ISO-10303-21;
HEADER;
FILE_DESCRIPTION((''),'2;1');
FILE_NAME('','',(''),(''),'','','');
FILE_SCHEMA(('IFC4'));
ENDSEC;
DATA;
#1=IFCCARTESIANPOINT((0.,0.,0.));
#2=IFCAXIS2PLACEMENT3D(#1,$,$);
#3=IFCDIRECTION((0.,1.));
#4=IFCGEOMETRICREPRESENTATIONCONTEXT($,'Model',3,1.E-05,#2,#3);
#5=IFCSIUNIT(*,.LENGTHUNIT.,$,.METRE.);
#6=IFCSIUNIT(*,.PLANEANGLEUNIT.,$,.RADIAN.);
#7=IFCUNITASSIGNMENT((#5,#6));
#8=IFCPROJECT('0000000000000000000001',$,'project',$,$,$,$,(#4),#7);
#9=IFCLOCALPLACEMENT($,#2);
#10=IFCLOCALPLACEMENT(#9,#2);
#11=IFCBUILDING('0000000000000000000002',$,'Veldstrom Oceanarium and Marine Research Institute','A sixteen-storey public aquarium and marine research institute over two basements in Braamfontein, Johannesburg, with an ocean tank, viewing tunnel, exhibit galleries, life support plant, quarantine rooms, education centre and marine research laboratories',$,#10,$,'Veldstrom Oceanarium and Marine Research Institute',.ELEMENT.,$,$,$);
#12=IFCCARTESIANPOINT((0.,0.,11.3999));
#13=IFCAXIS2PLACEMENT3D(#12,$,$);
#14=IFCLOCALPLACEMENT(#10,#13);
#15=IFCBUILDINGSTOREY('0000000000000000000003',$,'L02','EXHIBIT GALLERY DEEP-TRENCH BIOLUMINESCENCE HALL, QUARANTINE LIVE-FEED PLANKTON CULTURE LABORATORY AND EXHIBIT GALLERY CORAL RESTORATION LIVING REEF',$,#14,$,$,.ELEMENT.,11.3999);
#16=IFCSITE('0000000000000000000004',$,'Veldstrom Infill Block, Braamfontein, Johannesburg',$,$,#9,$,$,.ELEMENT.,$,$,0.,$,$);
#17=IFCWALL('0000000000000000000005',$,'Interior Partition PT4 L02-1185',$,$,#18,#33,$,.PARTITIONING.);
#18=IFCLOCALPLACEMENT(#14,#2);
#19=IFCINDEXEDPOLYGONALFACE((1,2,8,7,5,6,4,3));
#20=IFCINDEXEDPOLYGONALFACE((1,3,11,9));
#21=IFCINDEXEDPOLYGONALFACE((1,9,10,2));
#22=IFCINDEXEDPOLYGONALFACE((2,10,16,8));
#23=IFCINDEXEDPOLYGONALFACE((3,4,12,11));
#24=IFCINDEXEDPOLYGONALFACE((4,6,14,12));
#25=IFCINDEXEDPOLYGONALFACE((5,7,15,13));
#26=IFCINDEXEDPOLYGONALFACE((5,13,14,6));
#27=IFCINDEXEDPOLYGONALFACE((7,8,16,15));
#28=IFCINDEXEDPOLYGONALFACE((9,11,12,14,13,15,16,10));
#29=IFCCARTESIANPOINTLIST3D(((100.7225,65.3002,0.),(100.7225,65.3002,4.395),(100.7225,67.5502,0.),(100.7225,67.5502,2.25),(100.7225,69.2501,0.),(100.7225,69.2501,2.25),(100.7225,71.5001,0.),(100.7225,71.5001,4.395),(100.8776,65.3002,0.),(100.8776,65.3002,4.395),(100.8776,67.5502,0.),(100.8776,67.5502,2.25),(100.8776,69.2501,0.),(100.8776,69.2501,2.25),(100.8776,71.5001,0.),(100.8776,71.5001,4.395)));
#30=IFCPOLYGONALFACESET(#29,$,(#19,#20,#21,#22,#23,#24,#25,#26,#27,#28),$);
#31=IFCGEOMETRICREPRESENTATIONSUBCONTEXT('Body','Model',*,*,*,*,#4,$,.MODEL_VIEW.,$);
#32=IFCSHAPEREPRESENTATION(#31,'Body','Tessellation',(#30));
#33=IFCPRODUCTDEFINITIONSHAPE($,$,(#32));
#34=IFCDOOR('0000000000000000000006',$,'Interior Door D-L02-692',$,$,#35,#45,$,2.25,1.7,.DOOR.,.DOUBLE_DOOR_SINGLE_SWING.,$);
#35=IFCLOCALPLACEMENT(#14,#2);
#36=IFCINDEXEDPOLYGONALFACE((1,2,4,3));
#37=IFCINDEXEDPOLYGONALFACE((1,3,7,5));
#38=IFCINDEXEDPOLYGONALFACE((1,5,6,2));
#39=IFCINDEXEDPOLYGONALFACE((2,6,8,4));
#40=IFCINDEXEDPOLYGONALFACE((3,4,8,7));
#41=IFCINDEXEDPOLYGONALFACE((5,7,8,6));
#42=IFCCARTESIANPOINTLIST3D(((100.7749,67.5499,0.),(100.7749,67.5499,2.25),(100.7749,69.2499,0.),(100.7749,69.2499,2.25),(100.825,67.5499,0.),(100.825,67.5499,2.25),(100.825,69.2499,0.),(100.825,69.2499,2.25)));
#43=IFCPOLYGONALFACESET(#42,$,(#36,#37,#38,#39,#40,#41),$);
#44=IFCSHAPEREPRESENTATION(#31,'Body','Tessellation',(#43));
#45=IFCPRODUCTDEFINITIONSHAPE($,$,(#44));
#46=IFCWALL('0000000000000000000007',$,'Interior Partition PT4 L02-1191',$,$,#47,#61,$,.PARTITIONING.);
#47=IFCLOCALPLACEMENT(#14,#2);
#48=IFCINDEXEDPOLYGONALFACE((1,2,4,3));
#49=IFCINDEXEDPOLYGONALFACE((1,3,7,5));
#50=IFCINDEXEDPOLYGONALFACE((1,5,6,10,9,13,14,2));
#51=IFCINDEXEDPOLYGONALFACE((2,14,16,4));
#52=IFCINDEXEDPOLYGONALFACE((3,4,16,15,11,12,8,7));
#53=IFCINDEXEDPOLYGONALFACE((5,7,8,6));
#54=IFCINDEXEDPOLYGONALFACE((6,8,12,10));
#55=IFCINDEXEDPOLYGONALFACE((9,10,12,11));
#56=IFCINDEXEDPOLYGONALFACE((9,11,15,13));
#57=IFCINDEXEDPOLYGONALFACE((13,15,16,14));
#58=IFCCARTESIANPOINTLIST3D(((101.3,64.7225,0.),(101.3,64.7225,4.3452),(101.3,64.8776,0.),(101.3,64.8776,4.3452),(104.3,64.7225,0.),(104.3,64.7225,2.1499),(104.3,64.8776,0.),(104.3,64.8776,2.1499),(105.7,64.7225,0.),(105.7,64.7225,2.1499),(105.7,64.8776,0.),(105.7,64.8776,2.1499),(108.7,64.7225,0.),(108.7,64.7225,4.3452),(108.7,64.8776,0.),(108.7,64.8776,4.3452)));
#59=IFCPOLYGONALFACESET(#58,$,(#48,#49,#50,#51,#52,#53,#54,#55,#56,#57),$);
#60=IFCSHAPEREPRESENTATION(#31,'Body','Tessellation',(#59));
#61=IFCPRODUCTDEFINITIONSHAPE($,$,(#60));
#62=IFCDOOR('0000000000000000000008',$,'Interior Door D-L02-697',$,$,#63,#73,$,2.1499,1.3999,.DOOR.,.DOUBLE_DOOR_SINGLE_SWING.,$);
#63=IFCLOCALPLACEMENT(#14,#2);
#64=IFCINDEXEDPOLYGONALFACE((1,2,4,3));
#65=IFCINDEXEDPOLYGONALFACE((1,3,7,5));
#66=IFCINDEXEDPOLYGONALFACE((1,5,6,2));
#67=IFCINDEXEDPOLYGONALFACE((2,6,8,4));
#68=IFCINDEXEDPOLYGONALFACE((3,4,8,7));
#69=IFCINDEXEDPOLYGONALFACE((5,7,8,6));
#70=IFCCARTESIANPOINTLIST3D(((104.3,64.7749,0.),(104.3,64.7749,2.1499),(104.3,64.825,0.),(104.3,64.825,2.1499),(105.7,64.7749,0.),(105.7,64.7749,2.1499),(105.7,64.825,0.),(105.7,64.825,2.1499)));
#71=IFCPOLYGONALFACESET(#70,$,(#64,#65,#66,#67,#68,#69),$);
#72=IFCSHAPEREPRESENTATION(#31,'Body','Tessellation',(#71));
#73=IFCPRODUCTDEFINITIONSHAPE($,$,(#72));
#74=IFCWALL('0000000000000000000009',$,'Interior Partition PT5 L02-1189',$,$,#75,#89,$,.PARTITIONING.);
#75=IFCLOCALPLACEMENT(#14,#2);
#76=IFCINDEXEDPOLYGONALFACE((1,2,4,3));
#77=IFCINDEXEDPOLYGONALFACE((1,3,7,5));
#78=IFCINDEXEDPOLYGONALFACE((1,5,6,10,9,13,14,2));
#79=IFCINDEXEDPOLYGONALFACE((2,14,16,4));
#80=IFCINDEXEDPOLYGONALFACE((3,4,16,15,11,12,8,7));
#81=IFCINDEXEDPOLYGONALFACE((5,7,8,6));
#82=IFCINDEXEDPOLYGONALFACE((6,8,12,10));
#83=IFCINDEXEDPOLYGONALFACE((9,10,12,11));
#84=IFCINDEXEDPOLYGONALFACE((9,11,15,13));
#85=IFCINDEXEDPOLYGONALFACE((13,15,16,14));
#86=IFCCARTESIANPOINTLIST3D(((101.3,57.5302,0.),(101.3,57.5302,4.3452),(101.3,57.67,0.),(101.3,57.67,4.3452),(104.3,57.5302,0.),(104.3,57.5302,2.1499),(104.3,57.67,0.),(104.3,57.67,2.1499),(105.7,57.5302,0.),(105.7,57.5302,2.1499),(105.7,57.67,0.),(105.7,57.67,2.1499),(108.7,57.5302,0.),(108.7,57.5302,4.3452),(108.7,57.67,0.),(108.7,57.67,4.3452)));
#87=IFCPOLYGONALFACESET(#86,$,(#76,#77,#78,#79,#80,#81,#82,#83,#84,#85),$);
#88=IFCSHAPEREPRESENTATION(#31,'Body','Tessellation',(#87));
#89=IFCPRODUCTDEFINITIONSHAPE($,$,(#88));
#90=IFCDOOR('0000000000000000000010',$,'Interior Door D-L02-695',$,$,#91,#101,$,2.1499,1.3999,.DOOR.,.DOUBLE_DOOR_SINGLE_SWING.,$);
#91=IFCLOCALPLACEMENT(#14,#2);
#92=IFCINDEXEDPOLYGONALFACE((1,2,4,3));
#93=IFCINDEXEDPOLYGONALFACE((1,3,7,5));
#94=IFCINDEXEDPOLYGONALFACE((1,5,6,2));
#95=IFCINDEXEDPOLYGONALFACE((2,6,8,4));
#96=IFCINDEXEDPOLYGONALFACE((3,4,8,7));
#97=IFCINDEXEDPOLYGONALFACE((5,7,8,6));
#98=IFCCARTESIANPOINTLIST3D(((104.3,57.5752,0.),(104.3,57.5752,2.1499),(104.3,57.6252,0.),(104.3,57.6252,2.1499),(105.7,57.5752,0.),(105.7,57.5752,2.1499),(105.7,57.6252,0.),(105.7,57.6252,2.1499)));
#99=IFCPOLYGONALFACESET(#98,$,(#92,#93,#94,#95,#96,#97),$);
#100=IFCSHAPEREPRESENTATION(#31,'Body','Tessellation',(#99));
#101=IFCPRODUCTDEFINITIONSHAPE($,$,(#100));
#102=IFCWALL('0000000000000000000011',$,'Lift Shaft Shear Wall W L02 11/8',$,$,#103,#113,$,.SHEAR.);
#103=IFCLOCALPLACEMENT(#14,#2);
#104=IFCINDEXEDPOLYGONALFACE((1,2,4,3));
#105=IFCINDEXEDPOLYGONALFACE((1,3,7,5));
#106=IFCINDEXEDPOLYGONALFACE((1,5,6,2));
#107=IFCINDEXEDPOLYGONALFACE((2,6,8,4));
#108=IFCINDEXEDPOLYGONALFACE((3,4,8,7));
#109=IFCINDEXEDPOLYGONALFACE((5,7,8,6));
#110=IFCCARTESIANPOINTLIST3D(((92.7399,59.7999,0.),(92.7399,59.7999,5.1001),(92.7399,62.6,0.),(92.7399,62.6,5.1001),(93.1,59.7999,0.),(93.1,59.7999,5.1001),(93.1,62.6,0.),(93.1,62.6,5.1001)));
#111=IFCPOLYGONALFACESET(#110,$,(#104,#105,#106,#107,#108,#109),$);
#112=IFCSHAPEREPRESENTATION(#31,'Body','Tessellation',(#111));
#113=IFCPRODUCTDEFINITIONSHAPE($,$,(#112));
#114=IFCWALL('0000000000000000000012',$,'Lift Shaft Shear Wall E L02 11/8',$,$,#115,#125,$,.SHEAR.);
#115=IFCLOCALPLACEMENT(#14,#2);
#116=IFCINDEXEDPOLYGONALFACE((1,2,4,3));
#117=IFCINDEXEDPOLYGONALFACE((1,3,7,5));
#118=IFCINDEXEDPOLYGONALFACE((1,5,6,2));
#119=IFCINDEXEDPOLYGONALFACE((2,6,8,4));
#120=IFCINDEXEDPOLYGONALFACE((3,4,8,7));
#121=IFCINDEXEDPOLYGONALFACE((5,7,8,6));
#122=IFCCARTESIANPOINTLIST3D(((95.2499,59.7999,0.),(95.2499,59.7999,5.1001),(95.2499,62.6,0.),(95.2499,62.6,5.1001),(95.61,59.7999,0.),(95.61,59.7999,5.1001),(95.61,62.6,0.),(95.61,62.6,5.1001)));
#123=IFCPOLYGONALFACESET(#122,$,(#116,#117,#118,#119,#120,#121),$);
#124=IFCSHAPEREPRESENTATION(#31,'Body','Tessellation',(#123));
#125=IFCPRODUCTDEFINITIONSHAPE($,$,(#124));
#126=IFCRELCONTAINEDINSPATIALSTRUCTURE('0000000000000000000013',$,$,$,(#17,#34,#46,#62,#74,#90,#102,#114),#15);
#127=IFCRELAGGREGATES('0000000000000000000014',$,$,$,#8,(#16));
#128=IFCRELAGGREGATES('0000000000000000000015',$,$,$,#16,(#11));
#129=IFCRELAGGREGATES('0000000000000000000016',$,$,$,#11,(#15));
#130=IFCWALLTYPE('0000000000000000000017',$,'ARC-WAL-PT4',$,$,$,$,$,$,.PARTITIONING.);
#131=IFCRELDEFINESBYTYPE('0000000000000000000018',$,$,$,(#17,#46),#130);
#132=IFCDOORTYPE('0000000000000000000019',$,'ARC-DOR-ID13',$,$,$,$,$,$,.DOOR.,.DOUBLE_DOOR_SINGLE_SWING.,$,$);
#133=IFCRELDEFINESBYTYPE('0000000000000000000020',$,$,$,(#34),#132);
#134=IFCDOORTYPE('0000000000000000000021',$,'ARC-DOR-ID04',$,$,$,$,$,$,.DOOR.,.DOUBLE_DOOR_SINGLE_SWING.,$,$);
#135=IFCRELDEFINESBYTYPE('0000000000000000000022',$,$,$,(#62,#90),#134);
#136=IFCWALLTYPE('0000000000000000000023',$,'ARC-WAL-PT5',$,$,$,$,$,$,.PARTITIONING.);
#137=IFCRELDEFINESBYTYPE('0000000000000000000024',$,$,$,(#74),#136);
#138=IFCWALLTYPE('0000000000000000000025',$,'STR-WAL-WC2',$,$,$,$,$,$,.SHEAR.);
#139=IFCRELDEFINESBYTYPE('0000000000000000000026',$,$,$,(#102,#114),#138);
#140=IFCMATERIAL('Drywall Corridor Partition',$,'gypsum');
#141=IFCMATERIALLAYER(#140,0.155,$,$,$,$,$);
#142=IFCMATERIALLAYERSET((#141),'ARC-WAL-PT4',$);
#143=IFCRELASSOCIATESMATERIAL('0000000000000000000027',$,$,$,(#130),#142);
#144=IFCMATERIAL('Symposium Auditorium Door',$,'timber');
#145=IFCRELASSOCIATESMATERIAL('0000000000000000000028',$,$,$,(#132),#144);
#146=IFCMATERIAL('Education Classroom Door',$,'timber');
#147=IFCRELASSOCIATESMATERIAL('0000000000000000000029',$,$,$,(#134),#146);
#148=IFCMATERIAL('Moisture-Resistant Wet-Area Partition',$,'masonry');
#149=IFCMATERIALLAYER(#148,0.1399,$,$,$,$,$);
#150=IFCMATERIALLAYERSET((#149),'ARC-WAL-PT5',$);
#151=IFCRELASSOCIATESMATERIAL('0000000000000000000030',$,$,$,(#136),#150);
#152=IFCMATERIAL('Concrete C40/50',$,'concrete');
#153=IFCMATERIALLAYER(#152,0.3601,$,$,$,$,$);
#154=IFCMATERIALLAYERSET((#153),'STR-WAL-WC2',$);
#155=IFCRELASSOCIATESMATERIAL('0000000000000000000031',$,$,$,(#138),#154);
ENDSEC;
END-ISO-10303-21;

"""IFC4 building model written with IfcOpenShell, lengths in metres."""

from ifc_helpers import new_model, si_unit, direction, frame, frame_2d, origin, place, context, subcontext, project, spatial, rectangle, extrude, material, layer, layer_set, type_object, element, fill, save


model = new_model("IFC4")

# Units and contexts
model_context = context("Model", 3, precision=1e-05, world=origin(), true_north=direction((0.0, 1.0)))
body_context = subcontext(model_context, "Body", "Model", "MODEL_VIEW")
ifc_project = project(units=[si_unit("LENGTHUNIT", "METRE"), si_unit("PLANEANGLEUNIT", "RADIAN")], contexts=[model_context])

# Site, building, storey
site_placement = place(None, origin())
site = spatial("IfcSite", under=ifc_project, at=site_placement, Name="Veldstrom Infill Block, Braamfontein, Johannesburg", CompositionType="ELEMENT", RefElevation=0.0)
building_placement = place(site_placement, origin())
building = spatial("IfcBuilding", under=site, at=building_placement, Name="Veldstrom Oceanarium and Marine Research Institute", Description="A sixteen-storey public aquarium and marine research institute over two basements in Braamfontein, Johannesburg, with an ocean tank, viewing tunnel, exhibit galleries, life support plant, quarantine rooms, education centre and marine research laboratories", LongName="Veldstrom Oceanarium and Marine Research Institute", CompositionType="ELEMENT")
storey_placement = place(building_placement, frame((0.0, 0.0, 11.3999)))
storey = spatial("IfcBuildingStorey", under=building, at=storey_placement, Name="L02", Description="EXHIBIT GALLERY DEEP-TRENCH BIOLUMINESCENCE HALL, QUARANTINE LIVE-FEED PLANKTON CULTURE LABORATORY AND EXHIBIT GALLERY CORAL RESTORATION LIVING REEF", CompositionType="ELEMENT", Elevation=11.3999)

# Walls, openings, doors
ifc_material_1 = material(Name="Drywall Corridor Partition", Category="gypsum")
ifc_layer_1 = layer(ifc_material_1, 0.155)
ifc_layer_set_1 = layer_set([ifc_layer_1], Name="ARC-WAL-PT4")
wall_type_1 = type_object("IfcWallType", Name="ARC-WAL-PT4", PredefinedType="PARTITIONING", material=ifc_layer_set_1)
wall_1_placement = place(storey_placement, frame((100.8, 65.3, 0.0), z_axis=(0.0, 0.0, 1.0), x_axis=(0.0, 1.0, 0.0)))
wall_1 = element("IfcWall", 1, at=wall_1_placement, inside=storey, type_object=wall_type_1, Name="Interior Partition PT4 L02-1185", PredefinedType="PARTITIONING", context=body_context, shape_type="SweptSolid", body=[
    extrude(rectangle(XDim=6.2, YDim=0.155, at=frame_2d((3.1001, 0.0))), origin(), (0.0, 0.0, 1.0), 4.395),
])
opening_1_placement = place(wall_1_placement, frame((2.25, 0.0, 0.0)))
opening_1 = element("IfcOpeningElement", 2, at=opening_1_placement, cuts=wall_1, PredefinedType="OPENING", context=body_context, shape_type="SweptSolid", body=[
    extrude(rectangle(XDim=1.7, YDim=2.25, at=frame_2d((0.8501, 1.125))), frame((0.0, 0.0874, 0.0), z_axis=(0.0, -1.0, 0.0), x_axis=(1.0, 0.0, 0.0)), (0.0, 0.0, 1.0), 0.175),
])
ifc_material_2 = material(Name="Symposium Auditorium Door", Category="timber")
door_type_1 = type_object("IfcDoorType", Name="ARC-DOR-ID13", OperationType="DOUBLE_DOOR_SINGLE_SWING", PredefinedType="DOOR", material=ifc_material_2)
door_1_placement = place(opening_1_placement, frame((1.7, 0.0, 0.0), z_axis=(0.0, 0.0, 1.0), x_axis=(-1.0, 0.0, 0.0)))
door_1 = element("IfcDoor", 3, at=door_1_placement, inside=storey, type_object=door_type_1, Name="Interior Door D-L02-692", OperationType="DOUBLE_DOOR_SINGLE_SWING", OverallHeight=2.25, OverallWidth=1.7, PredefinedType="DOOR", context=body_context, shape_type="SweptSolid", body=[
    extrude(rectangle(XDim=1.7, YDim=2.25, at=frame_2d((0.8501, 1.125))), frame((0.0, 0.0249, 0.0), z_axis=(0.0, -1.0, 0.0), x_axis=(1.0, 0.0, 0.0)), (0.0, 0.0, 1.0), 0.05),
])
fill(opening_1, door_1)
wall_2_placement = place(storey_placement, frame((101.3, 64.8, 0.0), z_axis=(0.0, 0.0, 1.0), x_axis=(1.0, 0.0, 0.0)))
wall_2 = element("IfcWall", 4, at=wall_2_placement, inside=storey, type_object=wall_type_1, Name="Interior Partition PT4 L02-1191", PredefinedType="PARTITIONING", context=body_context, shape_type="SweptSolid", body=[
    extrude(rectangle(XDim=7.3999, YDim=0.155, at=frame_2d((3.7, 0.0))), origin(), (0.0, 0.0, 1.0), 4.3452),
])
opening_2_placement = place(wall_2_placement, frame((3.0, 0.0, 0.0)))
opening_2 = element("IfcOpeningElement", 5, at=opening_2_placement, cuts=wall_2, PredefinedType="OPENING", context=body_context, shape_type="SweptSolid", body=[
    extrude(rectangle(XDim=1.3999, YDim=2.1499, at=frame_2d((0.7, 1.075))), frame((0.0, 0.0874, 0.0), z_axis=(0.0, -1.0, 0.0), x_axis=(1.0, 0.0, 0.0)), (0.0, 0.0, 1.0), 0.175),
])
ifc_material_3 = material(Name="Education Classroom Door", Category="timber")
door_type_2 = type_object("IfcDoorType", Name="ARC-DOR-ID04", OperationType="DOUBLE_DOOR_SINGLE_SWING", PredefinedType="DOOR", material=ifc_material_3)
door_2_placement = place(opening_2_placement, origin())
door_2 = element("IfcDoor", 6, at=door_2_placement, inside=storey, type_object=door_type_2, Name="Interior Door D-L02-697", OperationType="DOUBLE_DOOR_SINGLE_SWING", OverallHeight=2.1499, OverallWidth=1.3999, PredefinedType="DOOR", context=body_context, shape_type="SweptSolid", body=[
    extrude(rectangle(XDim=1.3999, YDim=2.1499, at=frame_2d((0.7, 1.075))), frame((0.0, 0.0249, 0.0), z_axis=(0.0, -1.0, 0.0), x_axis=(1.0, 0.0, 0.0)), (0.0, 0.0, 1.0), 0.05),
])
fill(opening_2, door_2)
ifc_material_4 = material(Name="Moisture-Resistant Wet-Area Partition", Category="masonry")
ifc_layer_2 = layer(ifc_material_4, 0.1399)
ifc_layer_set_2 = layer_set([ifc_layer_2], Name="ARC-WAL-PT5")
wall_type_2 = type_object("IfcWallType", Name="ARC-WAL-PT5", PredefinedType="PARTITIONING", material=ifc_layer_set_2)
wall_3_placement = place(storey_placement, frame((101.3, 57.6001, 0.0), z_axis=(0.0, 0.0, 1.0), x_axis=(1.0, 0.0, 0.0)))
wall_3 = element("IfcWall", 7, at=wall_3_placement, inside=storey, type_object=wall_type_2, Name="Interior Partition PT5 L02-1189", PredefinedType="PARTITIONING", context=body_context, shape_type="SweptSolid", body=[
    extrude(rectangle(XDim=7.3999, YDim=0.1399, at=frame_2d((3.7, 0.0))), origin(), (0.0, 0.0, 1.0), 4.3452),
])
opening_3_placement = place(wall_3_placement, frame((3.0, 0.0, 0.0)))
opening_3 = element("IfcOpeningElement", 8, at=opening_3_placement, cuts=wall_3, PredefinedType="OPENING", context=body_context, shape_type="SweptSolid", body=[
    extrude(rectangle(XDim=1.3999, YDim=2.1499, at=frame_2d((0.7, 1.075))), frame((0.0, 0.0798, 0.0), z_axis=(0.0, -1.0, 0.0), x_axis=(1.0, 0.0, 0.0)), (0.0, 0.0, 1.0), 0.1599),
])
door_3_placement = place(opening_3_placement, frame((1.3999, 0.0, 0.0), z_axis=(0.0, 0.0, 1.0), x_axis=(-1.0, 0.0, 0.0)))
door_3 = element("IfcDoor", 9, at=door_3_placement, inside=storey, type_object=door_type_2, Name="Interior Door D-L02-695", OperationType="DOUBLE_DOOR_SINGLE_SWING", OverallHeight=2.1499, OverallWidth=1.3999, PredefinedType="DOOR", context=body_context, shape_type="SweptSolid", body=[
    extrude(rectangle(XDim=1.3999, YDim=2.1499, at=frame_2d((0.7, 1.075))), frame((0.0, 0.0249, 0.0), z_axis=(0.0, -1.0, 0.0), x_axis=(1.0, 0.0, 0.0)), (0.0, 0.0, 1.0), 0.05),
])
fill(opening_3, door_3)

# Walls
ifc_material_5 = material(Name="Concrete C40/50", Category="concrete")
ifc_layer_3 = layer(ifc_material_5, 0.3601)
ifc_layer_set_3 = layer_set([ifc_layer_3], Name="STR-WAL-WC2")
wall_type_3 = type_object("IfcWallType", Name="STR-WAL-WC2", PredefinedType="SHEAR", material=ifc_layer_set_3)
for number, where, z_axis, x_axis, name in (
    (10, (92.9199, 59.8, 0.0), (0.0, 0.0, 1.0), (0.0, 1.0, 0.0), "Lift Shaft Shear Wall W L02 11/8"),
    (11, (95.4299, 59.8, 0.0), (0.0, 0.0, 1.0), (0.0, 1.0, 0.0), "Lift Shaft Shear Wall E L02 11/8"),
):
    element("IfcWall", number, at=place(storey_placement, frame(where, z_axis=z_axis, x_axis=x_axis)), inside=storey, type_object=wall_type_3, Name=name, PredefinedType="SHEAR", context=body_context, shape_type="SweptSolid", body=[
        extrude(rectangle(XDim=2.8, YDim=0.3601, at=frame_2d((1.3999, 0.0))), origin(), (0.0, 0.0, 1.0), 5.1001),
    ])

save(model, "model.ifc")
